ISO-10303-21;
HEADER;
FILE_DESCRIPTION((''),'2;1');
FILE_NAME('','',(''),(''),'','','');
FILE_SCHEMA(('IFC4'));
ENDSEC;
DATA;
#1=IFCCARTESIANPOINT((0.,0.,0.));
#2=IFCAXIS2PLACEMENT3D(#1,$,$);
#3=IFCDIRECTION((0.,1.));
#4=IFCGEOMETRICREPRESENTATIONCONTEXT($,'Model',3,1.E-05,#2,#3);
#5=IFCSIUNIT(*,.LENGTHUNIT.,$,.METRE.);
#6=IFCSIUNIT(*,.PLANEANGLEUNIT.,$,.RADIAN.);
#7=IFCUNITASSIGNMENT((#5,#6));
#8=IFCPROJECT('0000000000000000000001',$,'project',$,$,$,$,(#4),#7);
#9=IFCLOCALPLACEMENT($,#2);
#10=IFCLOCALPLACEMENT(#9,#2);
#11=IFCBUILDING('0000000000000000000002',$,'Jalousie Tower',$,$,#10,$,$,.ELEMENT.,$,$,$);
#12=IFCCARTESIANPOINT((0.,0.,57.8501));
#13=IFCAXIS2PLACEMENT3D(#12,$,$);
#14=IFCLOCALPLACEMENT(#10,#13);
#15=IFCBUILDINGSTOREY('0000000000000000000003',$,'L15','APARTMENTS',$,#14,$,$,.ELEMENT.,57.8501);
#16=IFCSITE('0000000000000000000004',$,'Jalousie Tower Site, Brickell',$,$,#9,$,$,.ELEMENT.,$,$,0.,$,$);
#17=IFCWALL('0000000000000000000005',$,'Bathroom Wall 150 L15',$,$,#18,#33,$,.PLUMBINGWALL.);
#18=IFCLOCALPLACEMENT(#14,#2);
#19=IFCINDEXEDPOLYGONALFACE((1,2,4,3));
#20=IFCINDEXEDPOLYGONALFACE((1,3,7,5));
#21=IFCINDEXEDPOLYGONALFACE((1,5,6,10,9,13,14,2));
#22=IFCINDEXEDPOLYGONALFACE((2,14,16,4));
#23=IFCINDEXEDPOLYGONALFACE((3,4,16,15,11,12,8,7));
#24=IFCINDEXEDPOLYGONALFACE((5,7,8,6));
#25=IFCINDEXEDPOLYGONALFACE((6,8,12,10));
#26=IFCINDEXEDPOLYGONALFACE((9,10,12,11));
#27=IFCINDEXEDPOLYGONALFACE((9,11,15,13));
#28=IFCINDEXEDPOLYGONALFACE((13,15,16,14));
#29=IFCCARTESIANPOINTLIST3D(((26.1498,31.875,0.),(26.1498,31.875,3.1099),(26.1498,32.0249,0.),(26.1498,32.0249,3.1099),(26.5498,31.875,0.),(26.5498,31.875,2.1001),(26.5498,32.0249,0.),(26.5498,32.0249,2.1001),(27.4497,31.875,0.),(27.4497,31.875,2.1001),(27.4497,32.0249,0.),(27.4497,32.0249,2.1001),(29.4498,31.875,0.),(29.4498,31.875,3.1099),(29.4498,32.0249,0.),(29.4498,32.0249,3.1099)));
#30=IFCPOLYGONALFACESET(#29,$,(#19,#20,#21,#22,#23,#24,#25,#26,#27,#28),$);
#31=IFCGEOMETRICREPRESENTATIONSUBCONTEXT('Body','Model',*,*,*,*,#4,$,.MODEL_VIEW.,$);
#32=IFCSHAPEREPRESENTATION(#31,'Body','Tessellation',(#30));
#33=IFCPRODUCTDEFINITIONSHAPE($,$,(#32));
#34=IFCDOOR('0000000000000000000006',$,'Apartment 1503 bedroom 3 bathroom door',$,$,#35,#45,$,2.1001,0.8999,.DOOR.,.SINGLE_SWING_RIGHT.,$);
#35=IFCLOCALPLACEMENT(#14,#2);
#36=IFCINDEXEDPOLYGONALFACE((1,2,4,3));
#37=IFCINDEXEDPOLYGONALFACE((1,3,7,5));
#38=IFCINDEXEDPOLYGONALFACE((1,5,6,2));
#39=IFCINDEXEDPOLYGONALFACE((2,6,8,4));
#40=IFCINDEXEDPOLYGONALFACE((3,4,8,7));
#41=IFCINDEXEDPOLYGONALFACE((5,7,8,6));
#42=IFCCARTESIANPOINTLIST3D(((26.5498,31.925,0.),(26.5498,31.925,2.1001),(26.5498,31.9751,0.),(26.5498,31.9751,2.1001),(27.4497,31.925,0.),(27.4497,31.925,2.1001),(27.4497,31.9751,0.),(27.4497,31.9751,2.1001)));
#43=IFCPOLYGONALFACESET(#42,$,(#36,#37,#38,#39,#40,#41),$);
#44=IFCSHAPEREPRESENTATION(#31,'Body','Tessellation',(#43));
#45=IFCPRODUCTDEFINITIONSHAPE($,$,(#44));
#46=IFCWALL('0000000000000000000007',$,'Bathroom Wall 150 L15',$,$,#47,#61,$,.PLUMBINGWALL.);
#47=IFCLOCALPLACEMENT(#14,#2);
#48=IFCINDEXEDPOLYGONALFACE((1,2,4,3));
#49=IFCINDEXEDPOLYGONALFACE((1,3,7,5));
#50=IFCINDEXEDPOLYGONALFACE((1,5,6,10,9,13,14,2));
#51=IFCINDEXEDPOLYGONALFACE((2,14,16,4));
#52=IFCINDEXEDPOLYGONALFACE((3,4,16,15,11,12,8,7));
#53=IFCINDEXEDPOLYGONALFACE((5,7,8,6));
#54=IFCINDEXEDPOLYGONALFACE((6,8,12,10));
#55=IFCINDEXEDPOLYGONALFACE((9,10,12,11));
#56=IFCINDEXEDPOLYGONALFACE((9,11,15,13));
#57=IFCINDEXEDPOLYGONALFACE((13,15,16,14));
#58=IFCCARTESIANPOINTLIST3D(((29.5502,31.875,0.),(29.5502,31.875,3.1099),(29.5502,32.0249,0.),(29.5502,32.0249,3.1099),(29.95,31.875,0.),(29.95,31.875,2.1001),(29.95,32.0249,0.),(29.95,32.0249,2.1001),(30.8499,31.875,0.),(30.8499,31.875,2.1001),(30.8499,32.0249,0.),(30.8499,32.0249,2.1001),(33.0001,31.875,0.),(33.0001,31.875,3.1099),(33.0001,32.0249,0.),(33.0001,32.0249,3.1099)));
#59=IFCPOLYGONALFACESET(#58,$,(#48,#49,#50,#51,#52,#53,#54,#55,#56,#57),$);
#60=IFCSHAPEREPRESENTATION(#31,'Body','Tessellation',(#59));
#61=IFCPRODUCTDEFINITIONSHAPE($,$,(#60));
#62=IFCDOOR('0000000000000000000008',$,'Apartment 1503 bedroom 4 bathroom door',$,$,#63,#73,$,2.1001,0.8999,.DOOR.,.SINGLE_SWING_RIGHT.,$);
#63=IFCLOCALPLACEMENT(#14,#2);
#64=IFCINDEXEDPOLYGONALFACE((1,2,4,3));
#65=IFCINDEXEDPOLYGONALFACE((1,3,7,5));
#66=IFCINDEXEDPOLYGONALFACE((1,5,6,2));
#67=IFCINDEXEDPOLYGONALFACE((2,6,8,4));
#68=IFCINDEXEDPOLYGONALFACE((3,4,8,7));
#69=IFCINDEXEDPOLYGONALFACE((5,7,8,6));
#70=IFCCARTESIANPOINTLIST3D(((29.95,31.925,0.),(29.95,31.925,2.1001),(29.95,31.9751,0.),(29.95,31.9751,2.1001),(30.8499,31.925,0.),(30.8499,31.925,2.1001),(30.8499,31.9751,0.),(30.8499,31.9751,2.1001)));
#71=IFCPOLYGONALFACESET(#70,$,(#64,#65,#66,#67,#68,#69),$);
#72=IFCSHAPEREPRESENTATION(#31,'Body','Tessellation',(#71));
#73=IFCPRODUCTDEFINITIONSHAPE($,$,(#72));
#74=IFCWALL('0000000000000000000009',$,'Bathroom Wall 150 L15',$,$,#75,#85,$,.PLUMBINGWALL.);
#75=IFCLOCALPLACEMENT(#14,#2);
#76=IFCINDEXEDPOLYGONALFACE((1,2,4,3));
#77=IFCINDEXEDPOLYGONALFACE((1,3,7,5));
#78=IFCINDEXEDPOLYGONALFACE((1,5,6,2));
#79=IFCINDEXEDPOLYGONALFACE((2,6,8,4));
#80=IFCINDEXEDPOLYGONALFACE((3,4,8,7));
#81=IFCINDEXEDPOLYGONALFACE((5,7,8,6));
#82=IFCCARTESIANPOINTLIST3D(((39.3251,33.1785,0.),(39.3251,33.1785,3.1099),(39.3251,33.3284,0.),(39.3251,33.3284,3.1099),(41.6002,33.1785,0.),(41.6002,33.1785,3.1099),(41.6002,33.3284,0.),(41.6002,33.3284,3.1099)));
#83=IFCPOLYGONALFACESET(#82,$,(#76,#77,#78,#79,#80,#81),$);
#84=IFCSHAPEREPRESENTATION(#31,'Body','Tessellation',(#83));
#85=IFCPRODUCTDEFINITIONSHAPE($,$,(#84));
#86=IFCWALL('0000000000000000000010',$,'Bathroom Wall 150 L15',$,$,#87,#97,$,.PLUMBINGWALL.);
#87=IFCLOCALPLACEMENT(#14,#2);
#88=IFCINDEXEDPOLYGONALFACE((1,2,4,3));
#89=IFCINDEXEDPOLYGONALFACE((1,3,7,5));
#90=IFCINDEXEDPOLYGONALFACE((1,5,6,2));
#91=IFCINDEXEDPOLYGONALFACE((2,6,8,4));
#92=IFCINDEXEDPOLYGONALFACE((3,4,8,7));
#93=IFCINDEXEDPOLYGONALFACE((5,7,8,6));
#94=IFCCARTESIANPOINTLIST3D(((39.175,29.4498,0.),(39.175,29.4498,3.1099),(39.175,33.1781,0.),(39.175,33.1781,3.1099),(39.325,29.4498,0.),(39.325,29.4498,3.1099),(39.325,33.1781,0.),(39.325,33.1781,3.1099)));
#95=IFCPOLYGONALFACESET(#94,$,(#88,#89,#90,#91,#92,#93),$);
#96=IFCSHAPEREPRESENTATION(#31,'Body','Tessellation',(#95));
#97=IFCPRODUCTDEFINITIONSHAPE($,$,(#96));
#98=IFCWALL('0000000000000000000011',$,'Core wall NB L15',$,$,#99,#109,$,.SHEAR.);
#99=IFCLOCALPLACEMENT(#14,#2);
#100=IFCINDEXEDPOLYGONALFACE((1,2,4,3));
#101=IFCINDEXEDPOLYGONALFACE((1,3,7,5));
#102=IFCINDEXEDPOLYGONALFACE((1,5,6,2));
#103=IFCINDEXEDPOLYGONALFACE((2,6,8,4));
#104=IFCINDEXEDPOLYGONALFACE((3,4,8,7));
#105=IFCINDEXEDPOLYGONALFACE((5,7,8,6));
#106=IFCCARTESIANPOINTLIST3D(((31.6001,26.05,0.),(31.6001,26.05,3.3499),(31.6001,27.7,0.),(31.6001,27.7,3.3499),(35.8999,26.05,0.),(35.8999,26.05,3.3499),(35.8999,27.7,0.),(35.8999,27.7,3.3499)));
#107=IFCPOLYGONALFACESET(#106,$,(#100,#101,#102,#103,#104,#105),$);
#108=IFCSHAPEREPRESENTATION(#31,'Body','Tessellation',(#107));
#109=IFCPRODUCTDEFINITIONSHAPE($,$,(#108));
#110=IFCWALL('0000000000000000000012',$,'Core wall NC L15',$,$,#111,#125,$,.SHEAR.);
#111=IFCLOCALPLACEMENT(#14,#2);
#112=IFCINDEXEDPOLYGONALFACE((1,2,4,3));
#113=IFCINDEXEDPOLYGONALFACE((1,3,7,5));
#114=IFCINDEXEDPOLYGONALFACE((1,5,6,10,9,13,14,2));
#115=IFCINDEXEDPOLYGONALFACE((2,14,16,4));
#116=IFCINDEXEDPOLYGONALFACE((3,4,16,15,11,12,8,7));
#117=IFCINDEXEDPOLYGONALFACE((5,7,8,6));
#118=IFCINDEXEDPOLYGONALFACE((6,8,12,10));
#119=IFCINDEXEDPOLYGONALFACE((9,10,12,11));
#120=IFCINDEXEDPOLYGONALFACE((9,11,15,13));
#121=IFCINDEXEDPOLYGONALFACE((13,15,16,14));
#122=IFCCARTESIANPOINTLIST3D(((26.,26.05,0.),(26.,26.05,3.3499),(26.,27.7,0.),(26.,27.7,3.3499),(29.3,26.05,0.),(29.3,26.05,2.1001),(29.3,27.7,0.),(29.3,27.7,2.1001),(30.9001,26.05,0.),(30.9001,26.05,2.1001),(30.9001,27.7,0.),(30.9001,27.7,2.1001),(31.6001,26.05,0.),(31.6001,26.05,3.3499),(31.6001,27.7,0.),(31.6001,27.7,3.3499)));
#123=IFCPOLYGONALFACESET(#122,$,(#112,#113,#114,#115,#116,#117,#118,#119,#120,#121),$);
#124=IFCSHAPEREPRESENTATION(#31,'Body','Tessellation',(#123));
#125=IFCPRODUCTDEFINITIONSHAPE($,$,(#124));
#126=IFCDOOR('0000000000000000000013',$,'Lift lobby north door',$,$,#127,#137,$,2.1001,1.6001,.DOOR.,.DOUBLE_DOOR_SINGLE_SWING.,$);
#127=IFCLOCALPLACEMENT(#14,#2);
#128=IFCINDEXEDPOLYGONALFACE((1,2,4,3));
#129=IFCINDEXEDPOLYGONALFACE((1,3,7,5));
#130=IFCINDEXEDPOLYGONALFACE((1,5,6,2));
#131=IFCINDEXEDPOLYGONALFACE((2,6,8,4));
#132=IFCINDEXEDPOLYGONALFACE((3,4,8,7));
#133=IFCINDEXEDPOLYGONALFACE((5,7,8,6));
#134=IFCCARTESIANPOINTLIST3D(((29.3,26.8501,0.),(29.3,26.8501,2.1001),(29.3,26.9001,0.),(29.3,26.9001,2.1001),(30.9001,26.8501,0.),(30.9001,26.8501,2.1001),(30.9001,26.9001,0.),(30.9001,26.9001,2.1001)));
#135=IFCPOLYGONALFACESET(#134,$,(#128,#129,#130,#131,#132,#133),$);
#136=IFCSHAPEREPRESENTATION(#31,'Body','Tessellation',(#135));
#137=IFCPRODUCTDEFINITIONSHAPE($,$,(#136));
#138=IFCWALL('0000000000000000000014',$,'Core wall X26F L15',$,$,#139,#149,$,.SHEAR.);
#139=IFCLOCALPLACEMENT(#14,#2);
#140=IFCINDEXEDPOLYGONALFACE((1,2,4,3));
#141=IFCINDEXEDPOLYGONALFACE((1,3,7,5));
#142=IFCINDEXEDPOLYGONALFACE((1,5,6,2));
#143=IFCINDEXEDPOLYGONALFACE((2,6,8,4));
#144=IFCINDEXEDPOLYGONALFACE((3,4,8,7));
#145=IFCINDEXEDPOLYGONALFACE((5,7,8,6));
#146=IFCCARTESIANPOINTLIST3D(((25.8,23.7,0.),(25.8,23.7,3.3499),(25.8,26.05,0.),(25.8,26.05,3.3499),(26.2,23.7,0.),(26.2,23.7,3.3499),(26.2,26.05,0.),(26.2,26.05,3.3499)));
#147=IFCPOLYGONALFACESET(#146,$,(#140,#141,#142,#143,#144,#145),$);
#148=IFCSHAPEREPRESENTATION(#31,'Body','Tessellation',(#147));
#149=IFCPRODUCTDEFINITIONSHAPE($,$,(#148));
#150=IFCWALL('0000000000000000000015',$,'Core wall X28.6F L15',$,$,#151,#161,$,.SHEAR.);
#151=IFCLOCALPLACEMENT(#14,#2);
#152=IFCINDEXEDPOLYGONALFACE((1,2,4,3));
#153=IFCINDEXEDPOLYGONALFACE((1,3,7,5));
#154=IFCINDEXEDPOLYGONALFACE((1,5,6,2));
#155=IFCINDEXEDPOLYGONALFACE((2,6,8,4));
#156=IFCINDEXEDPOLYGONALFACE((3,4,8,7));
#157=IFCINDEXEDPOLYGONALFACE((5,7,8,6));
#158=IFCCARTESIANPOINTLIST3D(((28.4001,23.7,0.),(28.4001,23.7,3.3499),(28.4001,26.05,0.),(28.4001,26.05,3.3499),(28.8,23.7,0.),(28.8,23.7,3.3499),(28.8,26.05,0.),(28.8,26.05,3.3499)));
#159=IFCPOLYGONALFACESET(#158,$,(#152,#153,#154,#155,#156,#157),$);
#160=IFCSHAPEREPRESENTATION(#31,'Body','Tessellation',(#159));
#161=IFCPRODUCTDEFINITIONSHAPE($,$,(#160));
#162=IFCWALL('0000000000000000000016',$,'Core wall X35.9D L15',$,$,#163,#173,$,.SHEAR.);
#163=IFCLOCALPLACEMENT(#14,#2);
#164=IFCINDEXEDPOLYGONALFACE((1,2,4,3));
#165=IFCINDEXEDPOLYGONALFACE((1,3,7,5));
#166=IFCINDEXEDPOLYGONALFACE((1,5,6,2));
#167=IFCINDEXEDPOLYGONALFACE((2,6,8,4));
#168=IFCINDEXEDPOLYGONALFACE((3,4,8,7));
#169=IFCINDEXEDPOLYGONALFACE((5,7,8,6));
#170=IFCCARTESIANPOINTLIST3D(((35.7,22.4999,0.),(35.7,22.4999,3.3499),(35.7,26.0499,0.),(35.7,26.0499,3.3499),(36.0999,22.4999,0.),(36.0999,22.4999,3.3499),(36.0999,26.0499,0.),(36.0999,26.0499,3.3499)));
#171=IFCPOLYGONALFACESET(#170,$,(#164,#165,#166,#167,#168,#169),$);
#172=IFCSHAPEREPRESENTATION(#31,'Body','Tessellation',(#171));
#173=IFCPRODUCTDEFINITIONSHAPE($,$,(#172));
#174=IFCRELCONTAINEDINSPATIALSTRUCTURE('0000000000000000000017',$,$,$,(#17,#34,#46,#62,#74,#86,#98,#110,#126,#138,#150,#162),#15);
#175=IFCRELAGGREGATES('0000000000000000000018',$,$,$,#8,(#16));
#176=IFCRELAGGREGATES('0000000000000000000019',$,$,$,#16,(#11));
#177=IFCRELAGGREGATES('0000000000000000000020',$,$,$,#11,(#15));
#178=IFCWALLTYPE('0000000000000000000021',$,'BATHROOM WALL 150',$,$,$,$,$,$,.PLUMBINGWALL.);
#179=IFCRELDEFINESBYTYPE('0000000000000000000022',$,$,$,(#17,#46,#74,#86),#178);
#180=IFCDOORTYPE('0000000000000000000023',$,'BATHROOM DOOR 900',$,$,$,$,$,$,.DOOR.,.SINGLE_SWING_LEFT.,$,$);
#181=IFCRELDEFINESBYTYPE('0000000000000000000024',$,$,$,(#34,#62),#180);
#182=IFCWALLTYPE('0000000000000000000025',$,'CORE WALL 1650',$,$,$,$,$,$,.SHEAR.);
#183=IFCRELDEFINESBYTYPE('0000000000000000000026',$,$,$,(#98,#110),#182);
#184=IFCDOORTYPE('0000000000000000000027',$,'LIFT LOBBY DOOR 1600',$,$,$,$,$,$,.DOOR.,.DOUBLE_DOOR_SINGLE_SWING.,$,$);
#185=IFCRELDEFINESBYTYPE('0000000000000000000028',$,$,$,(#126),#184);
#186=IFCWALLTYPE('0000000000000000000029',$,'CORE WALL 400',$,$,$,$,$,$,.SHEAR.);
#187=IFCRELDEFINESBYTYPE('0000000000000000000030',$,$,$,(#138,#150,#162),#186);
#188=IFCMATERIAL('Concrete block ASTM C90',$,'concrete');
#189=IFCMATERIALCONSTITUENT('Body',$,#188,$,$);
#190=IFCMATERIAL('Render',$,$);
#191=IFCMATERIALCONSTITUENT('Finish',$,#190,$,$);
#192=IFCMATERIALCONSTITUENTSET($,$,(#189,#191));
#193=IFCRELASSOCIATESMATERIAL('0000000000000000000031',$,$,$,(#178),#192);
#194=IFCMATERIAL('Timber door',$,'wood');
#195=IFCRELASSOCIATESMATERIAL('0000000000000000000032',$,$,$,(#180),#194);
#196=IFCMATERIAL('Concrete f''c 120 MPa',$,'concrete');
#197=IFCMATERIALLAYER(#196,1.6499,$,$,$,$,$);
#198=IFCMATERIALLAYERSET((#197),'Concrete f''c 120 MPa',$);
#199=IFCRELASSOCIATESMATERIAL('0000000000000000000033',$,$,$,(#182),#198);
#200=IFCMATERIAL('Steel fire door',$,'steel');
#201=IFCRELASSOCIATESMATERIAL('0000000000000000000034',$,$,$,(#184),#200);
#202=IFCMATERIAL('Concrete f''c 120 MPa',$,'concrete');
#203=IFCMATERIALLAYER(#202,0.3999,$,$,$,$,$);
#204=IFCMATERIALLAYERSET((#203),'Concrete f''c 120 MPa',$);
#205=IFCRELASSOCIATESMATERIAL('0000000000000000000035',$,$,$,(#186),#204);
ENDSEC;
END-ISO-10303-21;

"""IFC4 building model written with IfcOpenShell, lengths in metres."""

from ifc_helpers import new_model, si_unit, direction, frame, frame_2d, origin, place, context, subcontext, project, spatial, rectangle, extrude, material, layer, layer_set, constituent, constituent_set, type_object, element, fill, save


model = new_model("IFC4")

# Units and contexts
model_context = context("Model", 3, precision=1e-05, world=origin(), true_north=direction((0.0, 1.0)))
body_context = subcontext(model_context, "Body", "Model", "MODEL_VIEW")
ifc_project = project(units=[si_unit("LENGTHUNIT", "METRE"), si_unit("PLANEANGLEUNIT", "RADIAN")], contexts=[model_context])

# Site, building, storey
site_placement = place(None, origin())
site = spatial("IfcSite", under=ifc_project, at=site_placement, Name="Jalousie Tower Site, Brickell", CompositionType="ELEMENT", RefElevation=0.0)
building_placement = place(site_placement, origin())
building = spatial("IfcBuilding", under=site, at=building_placement, Name="Jalousie Tower", CompositionType="ELEMENT")
storey_placement = place(building_placement, frame((0.0, 0.0, 57.8501)))
storey = spatial("IfcBuildingStorey", under=building, at=storey_placement, Name="L15", Description="APARTMENTS", CompositionType="ELEMENT", Elevation=57.8501)

# Walls, openings, doors
ifc_material_1 = material(Name="Concrete block ASTM C90", Category="concrete")
ifc_constituent_1 = constituent(ifc_material_1, Name="Body")
ifc_material_2 = material(Name="Render")
ifc_constituent_2 = constituent(ifc_material_2, Name="Finish")
ifc_constituent_set_1 = constituent_set(constituents=[ifc_constituent_1, ifc_constituent_2])
wall_type_1 = type_object("IfcWallType", Name="BATHROOM WALL 150", PredefinedType="PLUMBINGWALL", material=ifc_constituent_set_1)
wall_1_placement = place(storey_placement, frame((26.1499, 31.95, 0.0), z_axis=(0.0, 0.0, 1.0), x_axis=(1.0, 0.0, 0.0)))
wall_1 = element("IfcWall", 1, at=wall_1_placement, inside=storey, type_object=wall_type_1, Name="Bathroom Wall 150 L15", PredefinedType="PLUMBINGWALL", context=body_context, shape_type="SweptSolid", body=[
    extrude(rectangle(XDim=3.3, YDim=0.1499, at=frame_2d((1.6499, 0.0))), origin(), (0.0, 0.0, 1.0), 3.1099),
])
opening_1_placement = place(wall_1_placement, frame((0.3999, 0.0, 0.0)))
opening_1 = element("IfcOpeningElement", 2, at=opening_1_placement, cuts=wall_1, PredefinedType="OPENING", context=body_context, shape_type="SweptSolid", body=[
    extrude(rectangle(XDim=0.8999, YDim=2.1001, at=frame_2d((0.45, 1.05))), frame((0.0, 0.085, 0.0), z_axis=(0.0, -1.0, 0.0), x_axis=(1.0, 0.0, 0.0)), (0.0, 0.0, 1.0), 0.1699),
])
ifc_material_3 = material(Name="Timber door", Category="wood")
door_type_1 = type_object("IfcDoorType", Name="BATHROOM DOOR 900", OperationType="SINGLE_SWING_LEFT", PredefinedType="DOOR", material=ifc_material_3)
door_1_placement = place(opening_1_placement, frame((0.8999, 0.0, 0.0), z_axis=(0.0, 0.0, 1.0), x_axis=(-1.0, 0.0, 0.0)))
door_1 = element("IfcDoor", 3, at=door_1_placement, inside=storey, type_object=door_type_1, Name="Apartment 1503 bedroom 3 bathroom door", OperationType="SINGLE_SWING_RIGHT", OverallHeight=2.1001, OverallWidth=0.8999, PredefinedType="DOOR", context=body_context, shape_type="SweptSolid", body=[
    extrude(rectangle(XDim=0.8999, YDim=2.1001, at=frame_2d((0.45, 1.05))), frame((0.0, 0.0249, 0.0), z_axis=(0.0, -1.0, 0.0), x_axis=(1.0, 0.0, 0.0)), (0.0, 0.0, 1.0), 0.05),
])
fill(opening_1, door_1)
wall_2_placement = place(storey_placement, frame((29.55, 31.95, 0.0), z_axis=(0.0, 0.0, 1.0), x_axis=(1.0, 0.0, 0.0)))
wall_2 = element("IfcWall", 4, at=wall_2_placement, inside=storey, type_object=wall_type_1, Name="Bathroom Wall 150 L15", PredefinedType="PLUMBINGWALL", context=body_context, shape_type="SweptSolid", body=[
    extrude(rectangle(XDim=3.45, YDim=0.1499, at=frame_2d((1.7251, 0.0))), origin(), (0.0, 0.0, 1.0), 3.1099),
])
opening_2_placement = place(wall_2_placement, frame((0.3999, 0.0, 0.0)))
opening_2 = element("IfcOpeningElement", 5, at=opening_2_placement, cuts=wall_2, PredefinedType="OPENING", context=body_context, shape_type="SweptSolid", body=[
    extrude(rectangle(XDim=0.8999, YDim=2.1001, at=frame_2d((0.45, 1.05))), frame((0.0, 0.085, 0.0), z_axis=(0.0, -1.0, 0.0), x_axis=(1.0, 0.0, 0.0)), (0.0, 0.0, 1.0), 0.1699),
])
door_2_placement = place(opening_2_placement, frame((0.8999, 0.0, 0.0), z_axis=(0.0, 0.0, 1.0), x_axis=(-1.0, 0.0, 0.0)))
door_2 = element("IfcDoor", 6, at=door_2_placement, inside=storey, type_object=door_type_1, Name="Apartment 1503 bedroom 4 bathroom door", OperationType="SINGLE_SWING_RIGHT", OverallHeight=2.1001, OverallWidth=0.8999, PredefinedType="DOOR", context=body_context, shape_type="SweptSolid", body=[
    extrude(rectangle(XDim=0.8999, YDim=2.1001, at=frame_2d((0.45, 1.05))), frame((0.0, 0.0249, 0.0), z_axis=(0.0, -1.0, 0.0), x_axis=(1.0, 0.0, 0.0)), (0.0, 0.0, 1.0), 0.05),
])
fill(opening_2, door_2)

# Walls
wall_3_placement = place(storey_placement, frame((39.325, 33.2534, 0.0), z_axis=(0.0, 0.0, 1.0), x_axis=(1.0, 0.0, 0.0)))
element("IfcWall", 7, at=wall_3_placement, inside=storey, type_object=wall_type_1, Name="Bathroom Wall 150 L15", PredefinedType="PLUMBINGWALL", context=body_context, shape_type="SweptSolid", body=[
    extrude(rectangle(XDim=2.2751, YDim=0.1499, at=frame_2d((1.1377, 0.0))), origin(), (0.0, 0.0, 1.0), 3.1099),
])
wall_4_placement = place(storey_placement, frame((39.25, 33.1782, 0.0), z_axis=(0.0, 0.0, 1.0), x_axis=(0.0, -1.0, 0.0)))
element("IfcWall", 8, at=wall_4_placement, inside=storey, type_object=wall_type_1, Name="Bathroom Wall 150 L15", PredefinedType="PLUMBINGWALL", context=body_context, shape_type="SweptSolid", body=[
    extrude(rectangle(XDim=3.7283, YDim=0.1499, at=frame_2d((1.8643, 0.0))), origin(), (0.0, 0.0, 1.0), 3.1099),
])
ifc_material_4 = material(Name="Concrete f'c 120 MPa", Category="concrete")
ifc_layer_1 = layer(ifc_material_4, 1.6499)
ifc_layer_set_1 = layer_set([ifc_layer_1], Name="Concrete f'c 120 MPa")
wall_type_2 = type_object("IfcWallType", Name="CORE WALL 1650", PredefinedType="SHEAR", material=ifc_layer_set_1)
wall_5_placement = place(storey_placement, frame((35.8999, 26.875, 0.0), z_axis=(0.0, 0.0, 1.0), x_axis=(-1.0, 0.0, 0.0)))
element("IfcWall", 9, at=wall_5_placement, inside=storey, type_object=wall_type_2, Name="Core wall NB L15", PredefinedType="SHEAR", context=body_context, shape_type="SweptSolid", body=[
    extrude(rectangle(XDim=4.2998, YDim=1.6499, at=frame_2d((2.1499, 0.0))), origin(), (0.0, 0.0, 1.0), 3.3499),
])

# Wall, opening, door
wall_6_placement = place(storey_placement, frame((31.6001, 26.875, 0.0), z_axis=(0.0, 0.0, 1.0), x_axis=(-1.0, 0.0, 0.0)))
wall_6 = element("IfcWall", 10, at=wall_6_placement, inside=storey, type_object=wall_type_2, Name="Core wall NC L15", PredefinedType="SHEAR", context=body_context, shape_type="SweptSolid", body=[
    extrude(rectangle(XDim=5.6001, YDim=1.6499, at=frame_2d((2.8, 0.0))), origin(), (0.0, 0.0, 1.0), 3.3499),
])
opening_3_placement = place(wall_6_placement, frame((0.7, 0.0, 0.0)))
opening_3 = element("IfcOpeningElement", 11, at=opening_3_placement, cuts=wall_6, PredefinedType="OPENING", context=body_context, shape_type="SweptSolid", body=[
    extrude(rectangle(XDim=1.6001, YDim=2.1001, at=frame_2d((0.8, 1.05))), frame((0.0, 0.835, 0.0), z_axis=(0.0, -1.0, 0.0), x_axis=(1.0, 0.0, 0.0)), (0.0, 0.0, 1.0), 1.6699),
])
ifc_material_5 = material(Name="Steel fire door", Category="steel")
door_type_2 = type_object("IfcDoorType", Name="LIFT LOBBY DOOR 1600", OperationType="DOUBLE_DOOR_SINGLE_SWING", PredefinedType="DOOR", material=ifc_material_5)
door_3_placement = place(opening_3_placement, origin())
door_3 = element("IfcDoor", 12, at=door_3_placement, inside=storey, type_object=door_type_2, Name="Lift lobby north door", OperationType="DOUBLE_DOOR_SINGLE_SWING", OverallHeight=2.1001, OverallWidth=1.6001, PredefinedType="DOOR", context=body_context, shape_type="SweptSolid", body=[
    extrude(rectangle(XDim=1.6001, YDim=2.1001, at=frame_2d((0.8, 1.05))), frame((0.0, 0.0249, 0.0), z_axis=(0.0, -1.0, 0.0), x_axis=(1.0, 0.0, 0.0)), (0.0, 0.0, 1.0), 0.05),
])
fill(opening_3, door_3)

# Walls
ifc_material_6 = material(Name="Concrete f'c 120 MPa", Category="concrete")
ifc_layer_2 = layer(ifc_material_6, 0.3999)
ifc_layer_set_2 = layer_set([ifc_layer_2], Name="Concrete f'c 120 MPa")
wall_type_3 = type_object("IfcWallType", Name="CORE WALL 400", PredefinedType="SHEAR", material=ifc_layer_set_2)
for number, where, z_axis, x_axis, name in (
    (13, (26.0, 23.7, 0.0), (0.0, 0.0, 1.0), (0.0, 1.0, 0.0), "Core wall X26F L15"),
    (14, (28.6001, 23.7, 0.0), (0.0, 0.0, 1.0), (0.0, 1.0, 0.0), "Core wall X28.6F L15"),
):
    element("IfcWall", number, at=place(storey_placement, frame(where, z_axis=z_axis, x_axis=x_axis)), inside=storey, type_object=wall_type_3, Name=name, PredefinedType="SHEAR", context=body_context, shape_type="SweptSolid", body=[
        extrude(rectangle(XDim=2.3501, YDim=0.3999, at=frame_2d((1.175, 0.0))), origin(), (0.0, 0.0, 1.0), 3.3499),
    ])
wall_7_placement = place(storey_placement, frame((35.8999, 22.5, 0.0), z_axis=(0.0, 0.0, 1.0), x_axis=(0.0, 1.0, 0.0)))
element("IfcWall", 15, at=wall_7_placement, inside=storey, type_object=wall_type_3, Name="Core wall X35.9D L15", PredefinedType="SHEAR", context=body_context, shape_type="SweptSolid", body=[
    extrude(rectangle(XDim=3.55, YDim=0.3999, at=frame_2d((1.7749, 0.0))), origin(), (0.0, 0.0, 1.0), 3.3499),
])

save(model, "model.ifc")
